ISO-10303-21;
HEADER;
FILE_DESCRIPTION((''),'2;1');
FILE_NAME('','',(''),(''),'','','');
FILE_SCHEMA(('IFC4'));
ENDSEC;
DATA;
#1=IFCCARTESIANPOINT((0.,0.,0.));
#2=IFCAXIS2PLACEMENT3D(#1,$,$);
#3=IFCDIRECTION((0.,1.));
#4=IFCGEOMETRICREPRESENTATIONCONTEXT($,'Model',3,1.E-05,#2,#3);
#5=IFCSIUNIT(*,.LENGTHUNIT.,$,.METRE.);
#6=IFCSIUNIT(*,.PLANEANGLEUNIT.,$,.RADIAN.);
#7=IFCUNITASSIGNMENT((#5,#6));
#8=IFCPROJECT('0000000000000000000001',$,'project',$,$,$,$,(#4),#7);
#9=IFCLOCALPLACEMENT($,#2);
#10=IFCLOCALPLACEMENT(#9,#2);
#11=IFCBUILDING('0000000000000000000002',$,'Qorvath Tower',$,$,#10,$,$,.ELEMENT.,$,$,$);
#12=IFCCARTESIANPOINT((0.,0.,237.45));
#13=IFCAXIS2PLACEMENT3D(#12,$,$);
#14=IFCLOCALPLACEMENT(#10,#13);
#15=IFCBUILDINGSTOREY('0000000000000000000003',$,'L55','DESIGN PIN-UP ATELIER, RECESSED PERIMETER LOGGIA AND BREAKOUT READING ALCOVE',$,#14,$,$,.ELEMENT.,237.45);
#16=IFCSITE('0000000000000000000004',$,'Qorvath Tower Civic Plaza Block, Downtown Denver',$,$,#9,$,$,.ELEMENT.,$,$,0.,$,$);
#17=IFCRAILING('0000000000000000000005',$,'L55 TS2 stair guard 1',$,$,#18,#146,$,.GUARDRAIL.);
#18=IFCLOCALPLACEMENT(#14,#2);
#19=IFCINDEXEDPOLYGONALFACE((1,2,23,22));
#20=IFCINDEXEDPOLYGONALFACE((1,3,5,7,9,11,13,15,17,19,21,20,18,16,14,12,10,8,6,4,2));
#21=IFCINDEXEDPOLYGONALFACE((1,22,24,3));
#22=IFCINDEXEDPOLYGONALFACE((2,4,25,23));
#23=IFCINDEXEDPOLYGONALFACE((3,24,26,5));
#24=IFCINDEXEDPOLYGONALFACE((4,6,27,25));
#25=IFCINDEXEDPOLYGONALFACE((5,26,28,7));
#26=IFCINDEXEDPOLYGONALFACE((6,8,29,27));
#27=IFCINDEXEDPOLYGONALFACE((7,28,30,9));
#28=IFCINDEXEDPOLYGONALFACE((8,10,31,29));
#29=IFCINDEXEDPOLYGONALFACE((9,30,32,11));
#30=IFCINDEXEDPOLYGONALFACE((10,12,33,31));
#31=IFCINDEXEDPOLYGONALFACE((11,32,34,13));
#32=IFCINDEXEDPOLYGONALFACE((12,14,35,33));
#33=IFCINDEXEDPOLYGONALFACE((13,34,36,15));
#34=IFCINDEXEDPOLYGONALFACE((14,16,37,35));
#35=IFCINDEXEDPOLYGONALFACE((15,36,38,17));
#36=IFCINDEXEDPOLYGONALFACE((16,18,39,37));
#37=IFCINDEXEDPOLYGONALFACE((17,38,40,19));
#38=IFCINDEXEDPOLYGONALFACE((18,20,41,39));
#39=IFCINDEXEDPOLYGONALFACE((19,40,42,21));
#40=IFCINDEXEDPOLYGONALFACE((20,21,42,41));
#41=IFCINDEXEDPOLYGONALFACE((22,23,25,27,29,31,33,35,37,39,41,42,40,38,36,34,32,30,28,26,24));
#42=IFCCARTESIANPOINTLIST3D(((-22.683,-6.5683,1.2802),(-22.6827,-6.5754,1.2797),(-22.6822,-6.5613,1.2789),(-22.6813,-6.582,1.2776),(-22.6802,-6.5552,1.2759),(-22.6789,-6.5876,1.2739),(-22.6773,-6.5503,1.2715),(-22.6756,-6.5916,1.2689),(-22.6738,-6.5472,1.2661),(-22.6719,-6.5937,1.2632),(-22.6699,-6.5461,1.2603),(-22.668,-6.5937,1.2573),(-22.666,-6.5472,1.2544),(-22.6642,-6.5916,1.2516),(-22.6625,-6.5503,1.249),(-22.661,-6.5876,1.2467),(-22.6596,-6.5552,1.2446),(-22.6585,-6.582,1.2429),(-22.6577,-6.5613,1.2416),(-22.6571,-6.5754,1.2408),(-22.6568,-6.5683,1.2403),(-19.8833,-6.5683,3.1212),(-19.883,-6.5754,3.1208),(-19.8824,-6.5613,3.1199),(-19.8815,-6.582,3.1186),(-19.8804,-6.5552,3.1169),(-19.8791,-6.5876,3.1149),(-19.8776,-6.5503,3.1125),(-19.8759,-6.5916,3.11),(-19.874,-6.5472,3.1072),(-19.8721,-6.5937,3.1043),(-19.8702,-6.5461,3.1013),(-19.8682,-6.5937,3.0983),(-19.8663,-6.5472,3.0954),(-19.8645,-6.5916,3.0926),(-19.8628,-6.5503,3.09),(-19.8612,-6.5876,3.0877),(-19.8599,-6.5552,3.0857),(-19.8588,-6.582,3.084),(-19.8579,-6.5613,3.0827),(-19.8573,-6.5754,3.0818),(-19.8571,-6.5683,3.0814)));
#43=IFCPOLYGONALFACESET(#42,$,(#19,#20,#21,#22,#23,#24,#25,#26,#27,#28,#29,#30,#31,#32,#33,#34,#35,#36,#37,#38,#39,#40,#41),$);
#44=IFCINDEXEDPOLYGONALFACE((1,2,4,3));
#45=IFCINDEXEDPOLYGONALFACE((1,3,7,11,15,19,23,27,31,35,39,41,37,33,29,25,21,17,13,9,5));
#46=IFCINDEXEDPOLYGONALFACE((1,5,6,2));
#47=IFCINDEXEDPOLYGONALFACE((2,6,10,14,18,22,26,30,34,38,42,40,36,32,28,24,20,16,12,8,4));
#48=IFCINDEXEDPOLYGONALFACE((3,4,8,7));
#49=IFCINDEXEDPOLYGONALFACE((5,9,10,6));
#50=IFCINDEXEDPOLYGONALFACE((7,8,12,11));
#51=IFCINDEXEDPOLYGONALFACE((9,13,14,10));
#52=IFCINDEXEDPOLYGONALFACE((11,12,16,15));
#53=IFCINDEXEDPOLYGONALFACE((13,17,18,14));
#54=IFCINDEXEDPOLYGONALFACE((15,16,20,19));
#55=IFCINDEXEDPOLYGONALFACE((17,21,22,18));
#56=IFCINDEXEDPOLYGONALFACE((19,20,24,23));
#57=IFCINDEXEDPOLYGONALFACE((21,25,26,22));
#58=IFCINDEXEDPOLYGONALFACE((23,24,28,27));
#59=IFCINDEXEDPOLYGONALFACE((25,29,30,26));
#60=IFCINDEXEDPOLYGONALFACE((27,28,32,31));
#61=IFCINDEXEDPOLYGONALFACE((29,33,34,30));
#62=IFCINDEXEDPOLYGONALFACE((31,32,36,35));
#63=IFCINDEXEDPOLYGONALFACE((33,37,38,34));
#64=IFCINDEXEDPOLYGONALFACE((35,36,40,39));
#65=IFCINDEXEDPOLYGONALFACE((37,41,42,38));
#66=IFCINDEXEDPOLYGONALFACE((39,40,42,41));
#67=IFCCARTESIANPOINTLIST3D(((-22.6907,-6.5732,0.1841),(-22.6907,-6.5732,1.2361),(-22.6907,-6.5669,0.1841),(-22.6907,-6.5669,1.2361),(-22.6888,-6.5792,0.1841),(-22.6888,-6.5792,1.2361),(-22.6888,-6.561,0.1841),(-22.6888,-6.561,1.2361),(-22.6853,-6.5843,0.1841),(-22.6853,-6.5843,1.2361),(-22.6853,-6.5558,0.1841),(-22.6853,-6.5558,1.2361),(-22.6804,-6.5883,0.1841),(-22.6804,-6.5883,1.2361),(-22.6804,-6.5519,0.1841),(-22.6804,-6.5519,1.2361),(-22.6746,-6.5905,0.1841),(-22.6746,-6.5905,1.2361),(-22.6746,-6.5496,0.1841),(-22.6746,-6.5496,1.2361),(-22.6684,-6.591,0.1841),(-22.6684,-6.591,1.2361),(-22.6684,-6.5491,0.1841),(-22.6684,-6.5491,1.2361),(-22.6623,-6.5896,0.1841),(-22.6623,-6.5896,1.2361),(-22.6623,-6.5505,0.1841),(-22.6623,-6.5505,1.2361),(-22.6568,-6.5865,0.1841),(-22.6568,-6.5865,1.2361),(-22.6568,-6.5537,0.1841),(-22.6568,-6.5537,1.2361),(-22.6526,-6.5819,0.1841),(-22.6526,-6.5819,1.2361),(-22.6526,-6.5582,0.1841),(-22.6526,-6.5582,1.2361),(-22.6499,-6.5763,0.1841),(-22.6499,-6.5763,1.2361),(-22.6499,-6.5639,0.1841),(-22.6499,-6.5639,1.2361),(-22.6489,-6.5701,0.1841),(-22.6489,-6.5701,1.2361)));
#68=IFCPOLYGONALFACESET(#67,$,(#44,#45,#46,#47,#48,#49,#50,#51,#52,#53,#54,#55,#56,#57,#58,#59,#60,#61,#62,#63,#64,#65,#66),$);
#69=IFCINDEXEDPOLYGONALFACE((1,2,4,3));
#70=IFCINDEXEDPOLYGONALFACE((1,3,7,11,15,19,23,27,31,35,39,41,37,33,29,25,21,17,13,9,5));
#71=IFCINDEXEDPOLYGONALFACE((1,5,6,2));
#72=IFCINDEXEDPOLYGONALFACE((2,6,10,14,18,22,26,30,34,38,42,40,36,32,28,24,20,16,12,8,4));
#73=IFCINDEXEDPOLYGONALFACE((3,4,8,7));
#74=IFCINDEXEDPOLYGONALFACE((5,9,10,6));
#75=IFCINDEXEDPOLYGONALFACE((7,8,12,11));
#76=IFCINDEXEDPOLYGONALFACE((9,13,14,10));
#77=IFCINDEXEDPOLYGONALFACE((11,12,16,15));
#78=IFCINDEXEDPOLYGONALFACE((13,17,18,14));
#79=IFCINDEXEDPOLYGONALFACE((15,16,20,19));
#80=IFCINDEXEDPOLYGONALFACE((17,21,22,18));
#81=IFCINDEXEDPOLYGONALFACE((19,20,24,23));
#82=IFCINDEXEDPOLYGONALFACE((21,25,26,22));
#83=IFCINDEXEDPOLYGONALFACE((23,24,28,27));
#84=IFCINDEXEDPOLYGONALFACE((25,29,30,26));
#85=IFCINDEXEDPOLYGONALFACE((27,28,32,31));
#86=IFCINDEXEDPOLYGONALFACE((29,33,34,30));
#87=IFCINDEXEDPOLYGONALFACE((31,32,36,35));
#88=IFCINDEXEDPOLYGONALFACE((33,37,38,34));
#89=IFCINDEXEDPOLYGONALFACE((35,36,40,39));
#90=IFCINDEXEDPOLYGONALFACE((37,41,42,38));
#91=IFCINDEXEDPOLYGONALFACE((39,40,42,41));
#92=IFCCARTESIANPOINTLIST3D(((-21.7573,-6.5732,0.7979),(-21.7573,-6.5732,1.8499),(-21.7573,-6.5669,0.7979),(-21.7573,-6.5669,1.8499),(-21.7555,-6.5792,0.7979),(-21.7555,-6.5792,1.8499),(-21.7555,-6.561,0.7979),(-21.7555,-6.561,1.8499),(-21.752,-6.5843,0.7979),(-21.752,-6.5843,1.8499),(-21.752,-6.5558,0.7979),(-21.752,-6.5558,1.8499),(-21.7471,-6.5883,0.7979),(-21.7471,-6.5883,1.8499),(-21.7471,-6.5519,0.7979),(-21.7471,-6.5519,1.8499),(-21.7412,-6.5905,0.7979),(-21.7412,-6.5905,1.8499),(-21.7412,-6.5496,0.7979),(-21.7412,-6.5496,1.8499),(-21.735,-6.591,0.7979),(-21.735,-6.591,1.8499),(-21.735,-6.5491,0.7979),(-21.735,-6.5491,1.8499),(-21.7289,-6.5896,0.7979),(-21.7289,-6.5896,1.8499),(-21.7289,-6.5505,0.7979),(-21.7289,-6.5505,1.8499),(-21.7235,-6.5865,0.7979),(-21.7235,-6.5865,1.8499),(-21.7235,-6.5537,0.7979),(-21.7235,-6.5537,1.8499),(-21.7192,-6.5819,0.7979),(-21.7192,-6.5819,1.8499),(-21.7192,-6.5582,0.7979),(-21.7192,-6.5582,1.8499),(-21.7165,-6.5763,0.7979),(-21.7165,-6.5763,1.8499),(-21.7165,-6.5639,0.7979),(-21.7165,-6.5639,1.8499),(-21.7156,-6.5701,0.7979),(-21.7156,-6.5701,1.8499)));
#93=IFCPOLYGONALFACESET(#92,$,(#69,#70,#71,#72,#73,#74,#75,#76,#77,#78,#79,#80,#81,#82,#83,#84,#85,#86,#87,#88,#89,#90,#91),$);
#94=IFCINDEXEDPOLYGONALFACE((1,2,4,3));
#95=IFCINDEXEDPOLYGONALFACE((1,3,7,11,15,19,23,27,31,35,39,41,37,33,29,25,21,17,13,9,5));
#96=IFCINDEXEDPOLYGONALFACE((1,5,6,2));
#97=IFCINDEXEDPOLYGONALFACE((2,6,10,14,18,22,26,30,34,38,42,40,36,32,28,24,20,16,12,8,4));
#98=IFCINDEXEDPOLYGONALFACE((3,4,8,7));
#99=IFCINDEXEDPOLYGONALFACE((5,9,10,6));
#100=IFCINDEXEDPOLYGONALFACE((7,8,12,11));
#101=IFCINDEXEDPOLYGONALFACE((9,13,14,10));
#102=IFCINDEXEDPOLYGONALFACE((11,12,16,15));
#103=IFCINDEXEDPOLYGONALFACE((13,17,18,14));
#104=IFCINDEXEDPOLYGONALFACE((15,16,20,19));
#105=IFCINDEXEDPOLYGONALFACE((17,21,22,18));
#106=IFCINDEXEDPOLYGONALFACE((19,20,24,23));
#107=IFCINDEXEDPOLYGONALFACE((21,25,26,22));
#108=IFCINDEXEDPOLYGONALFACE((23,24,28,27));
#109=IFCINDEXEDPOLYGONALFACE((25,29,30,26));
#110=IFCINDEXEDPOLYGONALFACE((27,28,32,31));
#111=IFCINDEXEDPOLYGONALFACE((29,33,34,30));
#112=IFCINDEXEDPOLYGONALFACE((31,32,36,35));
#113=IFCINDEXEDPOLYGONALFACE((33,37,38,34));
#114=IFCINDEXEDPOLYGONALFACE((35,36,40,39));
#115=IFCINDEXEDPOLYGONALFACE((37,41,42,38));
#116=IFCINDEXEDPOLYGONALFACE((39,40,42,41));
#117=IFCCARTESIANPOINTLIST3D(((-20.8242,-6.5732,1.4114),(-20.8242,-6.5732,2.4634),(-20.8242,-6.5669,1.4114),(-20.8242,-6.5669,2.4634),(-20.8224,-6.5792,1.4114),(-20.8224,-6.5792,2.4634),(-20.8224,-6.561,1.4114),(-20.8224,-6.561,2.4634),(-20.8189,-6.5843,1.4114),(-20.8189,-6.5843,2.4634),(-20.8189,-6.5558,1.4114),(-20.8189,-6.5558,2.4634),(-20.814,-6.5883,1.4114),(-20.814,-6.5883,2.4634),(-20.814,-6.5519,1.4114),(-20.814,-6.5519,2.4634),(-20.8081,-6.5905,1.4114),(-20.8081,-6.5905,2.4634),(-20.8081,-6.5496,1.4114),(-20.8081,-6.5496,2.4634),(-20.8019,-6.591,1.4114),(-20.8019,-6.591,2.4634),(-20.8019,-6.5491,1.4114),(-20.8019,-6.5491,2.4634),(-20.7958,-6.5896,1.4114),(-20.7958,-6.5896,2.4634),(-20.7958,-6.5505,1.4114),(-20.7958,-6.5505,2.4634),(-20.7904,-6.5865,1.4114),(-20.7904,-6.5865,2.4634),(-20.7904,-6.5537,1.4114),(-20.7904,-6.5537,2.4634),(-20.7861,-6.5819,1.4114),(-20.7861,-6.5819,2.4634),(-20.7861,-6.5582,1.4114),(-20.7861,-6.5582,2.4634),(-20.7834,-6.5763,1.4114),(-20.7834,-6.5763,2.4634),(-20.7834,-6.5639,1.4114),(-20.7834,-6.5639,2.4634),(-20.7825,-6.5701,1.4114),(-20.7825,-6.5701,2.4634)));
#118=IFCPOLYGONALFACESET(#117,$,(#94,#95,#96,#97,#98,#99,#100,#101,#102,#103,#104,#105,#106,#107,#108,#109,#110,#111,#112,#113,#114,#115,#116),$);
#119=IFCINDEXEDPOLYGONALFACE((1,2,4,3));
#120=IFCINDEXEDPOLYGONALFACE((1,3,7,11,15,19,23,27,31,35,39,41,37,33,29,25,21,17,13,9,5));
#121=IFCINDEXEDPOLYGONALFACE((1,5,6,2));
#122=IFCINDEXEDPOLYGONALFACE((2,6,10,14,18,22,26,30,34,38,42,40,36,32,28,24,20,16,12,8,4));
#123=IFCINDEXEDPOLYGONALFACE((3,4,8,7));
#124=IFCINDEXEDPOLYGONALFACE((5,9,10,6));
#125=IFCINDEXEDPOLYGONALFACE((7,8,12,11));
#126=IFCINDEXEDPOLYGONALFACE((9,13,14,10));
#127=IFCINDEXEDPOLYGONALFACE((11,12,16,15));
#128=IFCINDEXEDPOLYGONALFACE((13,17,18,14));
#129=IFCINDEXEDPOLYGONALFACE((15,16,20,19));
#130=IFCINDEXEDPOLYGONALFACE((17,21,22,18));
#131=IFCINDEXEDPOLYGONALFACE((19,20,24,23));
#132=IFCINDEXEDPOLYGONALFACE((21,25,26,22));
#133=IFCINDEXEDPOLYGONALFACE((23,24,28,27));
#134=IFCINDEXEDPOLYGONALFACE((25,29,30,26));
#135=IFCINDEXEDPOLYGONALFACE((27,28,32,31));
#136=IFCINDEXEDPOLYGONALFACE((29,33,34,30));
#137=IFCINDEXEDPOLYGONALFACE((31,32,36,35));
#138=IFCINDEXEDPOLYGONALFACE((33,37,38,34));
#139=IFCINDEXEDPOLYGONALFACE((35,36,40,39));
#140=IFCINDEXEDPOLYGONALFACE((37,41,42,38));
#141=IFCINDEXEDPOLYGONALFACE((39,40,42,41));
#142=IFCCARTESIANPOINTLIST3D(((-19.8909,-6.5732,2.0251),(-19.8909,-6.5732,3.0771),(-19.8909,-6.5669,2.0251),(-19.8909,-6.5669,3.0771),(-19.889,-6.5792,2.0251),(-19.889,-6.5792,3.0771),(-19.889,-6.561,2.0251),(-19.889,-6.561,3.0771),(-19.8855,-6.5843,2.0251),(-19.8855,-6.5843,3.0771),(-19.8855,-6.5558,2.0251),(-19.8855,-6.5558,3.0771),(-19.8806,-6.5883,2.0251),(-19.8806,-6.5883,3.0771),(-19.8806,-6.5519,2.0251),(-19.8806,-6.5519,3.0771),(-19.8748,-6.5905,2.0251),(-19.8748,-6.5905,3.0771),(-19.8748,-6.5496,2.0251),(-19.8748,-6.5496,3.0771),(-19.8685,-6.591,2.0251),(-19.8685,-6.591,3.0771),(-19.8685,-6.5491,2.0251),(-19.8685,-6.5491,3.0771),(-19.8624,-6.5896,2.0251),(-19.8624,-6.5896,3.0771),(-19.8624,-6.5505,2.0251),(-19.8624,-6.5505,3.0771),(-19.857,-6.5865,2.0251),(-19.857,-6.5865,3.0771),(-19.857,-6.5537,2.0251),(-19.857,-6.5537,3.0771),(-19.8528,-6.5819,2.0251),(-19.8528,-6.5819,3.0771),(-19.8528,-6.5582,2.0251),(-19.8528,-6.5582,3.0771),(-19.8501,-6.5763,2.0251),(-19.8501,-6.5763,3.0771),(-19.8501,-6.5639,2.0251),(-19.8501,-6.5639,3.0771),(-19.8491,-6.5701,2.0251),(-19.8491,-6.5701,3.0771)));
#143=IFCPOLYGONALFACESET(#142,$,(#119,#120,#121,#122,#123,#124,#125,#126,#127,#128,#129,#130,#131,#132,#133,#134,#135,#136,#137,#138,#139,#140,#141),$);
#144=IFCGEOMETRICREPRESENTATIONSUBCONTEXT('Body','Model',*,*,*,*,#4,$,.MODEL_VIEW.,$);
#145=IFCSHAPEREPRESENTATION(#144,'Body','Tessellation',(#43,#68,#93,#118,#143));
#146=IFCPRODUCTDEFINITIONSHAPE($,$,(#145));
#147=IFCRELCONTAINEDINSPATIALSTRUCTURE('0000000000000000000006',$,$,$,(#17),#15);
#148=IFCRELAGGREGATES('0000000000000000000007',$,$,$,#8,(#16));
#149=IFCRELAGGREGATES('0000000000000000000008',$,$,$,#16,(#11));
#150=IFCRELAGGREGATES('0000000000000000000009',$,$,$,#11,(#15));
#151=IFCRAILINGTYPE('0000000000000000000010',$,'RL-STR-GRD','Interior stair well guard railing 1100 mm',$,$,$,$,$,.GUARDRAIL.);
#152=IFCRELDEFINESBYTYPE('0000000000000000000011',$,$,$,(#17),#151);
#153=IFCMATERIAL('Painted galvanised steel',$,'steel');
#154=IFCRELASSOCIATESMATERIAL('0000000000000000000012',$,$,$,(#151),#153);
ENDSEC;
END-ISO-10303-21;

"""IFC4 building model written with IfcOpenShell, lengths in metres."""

from ifc_helpers import new_model, si_unit, direction, frame, origin, origin_2d, place, context, subcontext, project, spatial, circle, extrude, material, type_object, element, save


model = new_model("IFC4")

# Units and contexts
model_context = context("Model", 3, precision=1e-05, world=origin(), true_north=direction((0.0, 1.0)))
body_context = subcontext(model_context, "Body", "Model", "MODEL_VIEW")
ifc_project = project(units=[si_unit("LENGTHUNIT", "METRE"), si_unit("PLANEANGLEUNIT", "RADIAN")], contexts=[model_context])

# Site, building, storey
site_placement = place(None, origin())
site = spatial("IfcSite", under=ifc_project, at=site_placement, Name="Qorvath Tower Civic Plaza Block, Downtown Denver", CompositionType="ELEMENT", RefElevation=0.0)
building_placement = place(site_placement, origin())
building = spatial("IfcBuilding", under=site, at=building_placement, Name="Qorvath Tower", CompositionType="ELEMENT")
storey_placement = place(building_placement, frame((0.0, 0.0, 237.45)))
storey = spatial("IfcBuildingStorey", under=building, at=storey_placement, Name="L55", Description="DESIGN PIN-UP ATELIER, RECESSED PERIMETER LOGGIA AND BREAKOUT READING ALCOVE", CompositionType="ELEMENT", Elevation=237.45)

# Railing
ifc_material_1 = material(Name="Painted galvanised steel", Category="steel")
railing_type_1 = type_object("IfcRailingType", Name="RL-STR-GRD", Description="Interior stair well guard railing 1100 mm", PredefinedType="GUARDRAIL", material=ifc_material_1)
railing_1_placement = place(storey_placement, frame((-22.6699, -6.5701, 0.1841)))
element("IfcRailing", 1, at=railing_1_placement, inside=storey, type_object=railing_type_1, Name="L55 TS2 stair guard 1", PredefinedType="GUARDRAIL", context=body_context, shape_type="SweptSolid", body=[
    extrude(circle(Radius=0.0239, at=origin_2d()), frame((0.0, 0.0, 1.0762), z_axis=(0.835542, 0.0, 0.549426), x_axis=(0.0, 1.0, 0.0)), (0.0, 0.0, 1.0), 3.3508),
    extrude(circle(Radius=0.021, at=origin_2d()), origin(), (0.0, 0.0, 1.0), 1.052),
    extrude(circle(Radius=0.021, at=origin_2d()), frame((0.9333, 0.0, 0.6138)), (0.0, 0.0, 1.0), 1.052),
    extrude(circle(Radius=0.021, at=origin_2d()), frame((1.8665, 0.0, 1.2273)), (0.0, 0.0, 1.0), 1.052),
    extrude(circle(Radius=0.021, at=origin_2d()), frame((2.7998, 0.0, 1.8411)), (0.0, 0.0, 1.0), 1.052),
])

save(model, "model.ifc")
